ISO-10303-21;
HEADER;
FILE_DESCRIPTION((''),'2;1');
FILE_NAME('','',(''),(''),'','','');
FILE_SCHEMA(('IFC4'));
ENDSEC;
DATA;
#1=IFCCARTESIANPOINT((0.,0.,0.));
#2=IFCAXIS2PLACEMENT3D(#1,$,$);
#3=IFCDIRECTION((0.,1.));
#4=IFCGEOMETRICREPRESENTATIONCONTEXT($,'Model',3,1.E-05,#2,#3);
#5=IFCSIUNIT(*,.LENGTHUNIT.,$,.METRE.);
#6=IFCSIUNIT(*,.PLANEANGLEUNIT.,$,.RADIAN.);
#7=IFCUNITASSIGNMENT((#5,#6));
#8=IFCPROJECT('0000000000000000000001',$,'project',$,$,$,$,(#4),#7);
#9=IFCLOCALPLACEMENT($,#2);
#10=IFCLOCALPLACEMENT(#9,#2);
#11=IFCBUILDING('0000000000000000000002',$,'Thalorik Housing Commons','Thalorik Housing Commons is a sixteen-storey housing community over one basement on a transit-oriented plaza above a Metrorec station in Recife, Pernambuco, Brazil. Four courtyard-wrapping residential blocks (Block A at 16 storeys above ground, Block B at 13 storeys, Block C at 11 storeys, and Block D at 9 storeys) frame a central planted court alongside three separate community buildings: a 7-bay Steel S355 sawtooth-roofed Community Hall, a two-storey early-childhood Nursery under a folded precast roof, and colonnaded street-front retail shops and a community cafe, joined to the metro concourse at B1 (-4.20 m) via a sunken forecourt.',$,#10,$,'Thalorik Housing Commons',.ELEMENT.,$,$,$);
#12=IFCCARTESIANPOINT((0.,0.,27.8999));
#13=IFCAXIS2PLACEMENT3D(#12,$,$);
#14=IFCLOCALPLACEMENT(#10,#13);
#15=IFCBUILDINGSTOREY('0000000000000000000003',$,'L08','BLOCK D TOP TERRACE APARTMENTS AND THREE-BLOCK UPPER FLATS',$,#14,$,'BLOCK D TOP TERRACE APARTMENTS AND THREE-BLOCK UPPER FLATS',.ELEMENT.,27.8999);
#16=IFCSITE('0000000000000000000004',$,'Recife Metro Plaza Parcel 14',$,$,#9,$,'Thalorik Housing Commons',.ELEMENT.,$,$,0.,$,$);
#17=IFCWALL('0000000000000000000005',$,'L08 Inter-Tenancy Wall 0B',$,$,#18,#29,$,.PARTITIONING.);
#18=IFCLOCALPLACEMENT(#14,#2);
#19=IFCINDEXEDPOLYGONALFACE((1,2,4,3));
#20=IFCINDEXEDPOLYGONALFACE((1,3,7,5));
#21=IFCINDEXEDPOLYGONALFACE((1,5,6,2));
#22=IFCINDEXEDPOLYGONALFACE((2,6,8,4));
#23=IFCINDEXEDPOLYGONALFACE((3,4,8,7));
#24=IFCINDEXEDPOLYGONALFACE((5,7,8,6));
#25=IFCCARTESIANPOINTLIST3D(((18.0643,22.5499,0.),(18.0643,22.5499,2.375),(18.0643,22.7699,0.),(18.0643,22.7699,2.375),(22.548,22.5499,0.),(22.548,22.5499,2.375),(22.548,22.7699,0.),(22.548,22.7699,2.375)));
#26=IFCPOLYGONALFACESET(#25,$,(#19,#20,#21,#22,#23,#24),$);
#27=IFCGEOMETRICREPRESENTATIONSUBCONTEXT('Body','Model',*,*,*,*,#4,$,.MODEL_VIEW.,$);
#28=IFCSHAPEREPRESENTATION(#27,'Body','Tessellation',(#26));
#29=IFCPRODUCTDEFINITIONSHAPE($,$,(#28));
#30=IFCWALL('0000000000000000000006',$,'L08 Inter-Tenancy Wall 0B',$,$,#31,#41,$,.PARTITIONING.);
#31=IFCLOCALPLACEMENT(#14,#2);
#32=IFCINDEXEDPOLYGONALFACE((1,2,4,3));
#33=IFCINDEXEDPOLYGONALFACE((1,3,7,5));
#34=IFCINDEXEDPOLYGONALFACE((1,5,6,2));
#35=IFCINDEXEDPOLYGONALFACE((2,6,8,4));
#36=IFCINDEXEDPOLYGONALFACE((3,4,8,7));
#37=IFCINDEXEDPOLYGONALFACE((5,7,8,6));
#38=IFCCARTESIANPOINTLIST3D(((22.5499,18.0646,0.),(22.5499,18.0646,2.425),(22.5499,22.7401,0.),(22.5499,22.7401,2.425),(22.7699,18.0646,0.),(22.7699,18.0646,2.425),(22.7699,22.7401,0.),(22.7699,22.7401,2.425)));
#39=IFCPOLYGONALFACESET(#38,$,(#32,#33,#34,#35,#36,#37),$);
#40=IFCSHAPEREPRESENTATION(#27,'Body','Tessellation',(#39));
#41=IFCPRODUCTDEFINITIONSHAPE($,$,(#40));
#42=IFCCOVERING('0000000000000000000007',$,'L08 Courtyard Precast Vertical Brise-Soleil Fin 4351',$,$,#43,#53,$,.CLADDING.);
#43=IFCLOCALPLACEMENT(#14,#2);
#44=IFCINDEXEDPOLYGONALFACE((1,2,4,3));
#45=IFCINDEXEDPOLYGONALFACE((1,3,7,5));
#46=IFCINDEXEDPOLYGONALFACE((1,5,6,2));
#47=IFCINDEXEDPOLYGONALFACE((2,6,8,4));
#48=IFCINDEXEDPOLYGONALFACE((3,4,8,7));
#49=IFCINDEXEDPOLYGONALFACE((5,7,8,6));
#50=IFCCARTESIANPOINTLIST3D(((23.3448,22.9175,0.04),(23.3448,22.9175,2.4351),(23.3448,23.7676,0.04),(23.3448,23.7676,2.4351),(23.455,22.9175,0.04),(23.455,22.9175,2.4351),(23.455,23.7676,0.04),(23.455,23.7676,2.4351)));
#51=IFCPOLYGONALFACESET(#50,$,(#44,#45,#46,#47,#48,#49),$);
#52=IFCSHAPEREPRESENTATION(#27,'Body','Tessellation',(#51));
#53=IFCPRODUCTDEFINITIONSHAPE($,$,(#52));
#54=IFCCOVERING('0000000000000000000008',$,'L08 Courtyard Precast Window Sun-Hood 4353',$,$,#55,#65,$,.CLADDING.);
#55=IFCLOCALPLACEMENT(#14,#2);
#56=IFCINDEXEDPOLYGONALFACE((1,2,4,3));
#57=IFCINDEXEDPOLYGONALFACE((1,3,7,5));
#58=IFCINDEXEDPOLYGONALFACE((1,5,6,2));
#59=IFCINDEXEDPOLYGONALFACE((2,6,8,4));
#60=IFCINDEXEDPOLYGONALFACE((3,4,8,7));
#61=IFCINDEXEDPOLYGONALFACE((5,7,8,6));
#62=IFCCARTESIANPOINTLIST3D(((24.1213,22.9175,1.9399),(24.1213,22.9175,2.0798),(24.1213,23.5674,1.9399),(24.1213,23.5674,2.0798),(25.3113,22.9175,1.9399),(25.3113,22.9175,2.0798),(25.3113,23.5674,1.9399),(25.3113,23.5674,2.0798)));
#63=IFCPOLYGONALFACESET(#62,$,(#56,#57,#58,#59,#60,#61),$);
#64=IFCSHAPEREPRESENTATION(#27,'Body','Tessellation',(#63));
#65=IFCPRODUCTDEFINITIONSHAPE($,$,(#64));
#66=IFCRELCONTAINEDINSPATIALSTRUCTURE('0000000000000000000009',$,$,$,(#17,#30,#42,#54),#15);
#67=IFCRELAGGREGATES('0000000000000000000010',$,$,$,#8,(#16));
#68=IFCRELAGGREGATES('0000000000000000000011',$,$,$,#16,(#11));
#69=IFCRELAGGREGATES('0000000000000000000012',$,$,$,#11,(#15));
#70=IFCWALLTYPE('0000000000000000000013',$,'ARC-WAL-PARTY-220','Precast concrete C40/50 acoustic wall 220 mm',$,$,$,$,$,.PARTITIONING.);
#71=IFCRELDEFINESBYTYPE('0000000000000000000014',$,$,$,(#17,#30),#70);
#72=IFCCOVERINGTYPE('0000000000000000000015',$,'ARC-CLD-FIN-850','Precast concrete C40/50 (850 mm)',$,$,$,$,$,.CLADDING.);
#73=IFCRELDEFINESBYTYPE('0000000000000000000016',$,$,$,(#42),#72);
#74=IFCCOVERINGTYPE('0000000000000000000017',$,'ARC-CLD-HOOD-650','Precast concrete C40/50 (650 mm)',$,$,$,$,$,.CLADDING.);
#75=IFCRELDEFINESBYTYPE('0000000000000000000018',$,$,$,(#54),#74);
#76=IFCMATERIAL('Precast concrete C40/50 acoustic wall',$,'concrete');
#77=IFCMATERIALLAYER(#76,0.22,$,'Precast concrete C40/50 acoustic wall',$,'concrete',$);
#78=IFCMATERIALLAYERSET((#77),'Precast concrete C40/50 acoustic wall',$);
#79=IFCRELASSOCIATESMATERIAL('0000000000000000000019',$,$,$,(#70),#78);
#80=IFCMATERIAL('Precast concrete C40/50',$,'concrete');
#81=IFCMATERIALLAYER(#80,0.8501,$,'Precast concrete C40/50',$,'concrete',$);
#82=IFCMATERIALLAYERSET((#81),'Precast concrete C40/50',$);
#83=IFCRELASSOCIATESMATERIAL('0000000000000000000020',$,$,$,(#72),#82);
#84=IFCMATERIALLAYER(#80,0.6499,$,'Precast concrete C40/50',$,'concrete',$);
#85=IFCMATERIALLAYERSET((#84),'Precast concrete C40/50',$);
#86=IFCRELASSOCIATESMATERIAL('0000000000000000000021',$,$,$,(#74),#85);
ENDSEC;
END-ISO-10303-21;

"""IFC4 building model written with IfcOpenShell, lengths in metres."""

from ifc_helpers import new_model, si_unit, direction, frame, frame_2d, origin, origin_2d, place, context, subcontext, project, spatial, rectangle, extrude, material, layer, layer_set, type_object, element, save


model = new_model("IFC4")

# Units and contexts
model_context = context("Model", 3, precision=1e-05, world=origin(), true_north=direction((0.0, 1.0)))
body_context = subcontext(model_context, "Body", "Model", "MODEL_VIEW")
ifc_project = project(units=[si_unit("LENGTHUNIT", "METRE"), si_unit("PLANEANGLEUNIT", "RADIAN")], contexts=[model_context])

# Site, building, storey
site_placement = place(None, origin())
site = spatial("IfcSite", under=ifc_project, at=site_placement, Name="Recife Metro Plaza Parcel 14", LongName="Thalorik Housing Commons", CompositionType="ELEMENT", RefElevation=0.0)
building_placement = place(site_placement, origin())
building = spatial("IfcBuilding", under=site, at=building_placement, Name="Thalorik Housing Commons", Description="Thalorik Housing Commons is a sixteen-storey housing community over one basement on a transit-oriented plaza above a Metrorec station in Recife, Pernambuco, Brazil. Four courtyard-wrapping residential blocks (Block A at 16 storeys above ground, Block B at 13 storeys, Block C at 11 storeys, and Block D at 9 storeys) frame a central planted court alongside three separate community buildings: a 7-bay Steel S355 sawtooth-roofed Community Hall, a two-storey early-childhood Nursery under a folded precast roof, and colonnaded street-front retail shops and a community cafe, joined to the metro concourse at B1 (-4.20 m) via a sunken forecourt.", LongName="Thalorik Housing Commons", CompositionType="ELEMENT")
storey_placement = place(building_placement, frame((0.0, 0.0, 27.8999)))
storey = spatial("IfcBuildingStorey", under=building, at=storey_placement, Name="L08", Description="BLOCK D TOP TERRACE APARTMENTS AND THREE-BLOCK UPPER FLATS", LongName="BLOCK D TOP TERRACE APARTMENTS AND THREE-BLOCK UPPER FLATS", CompositionType="ELEMENT", Elevation=27.8999)

# Shared definitions
ifc_material_1 = material(Name="Precast concrete C40/50", Category="concrete")

# Walls
ifc_material_2 = material(Name="Precast concrete C40/50 acoustic wall", Category="concrete")
ifc_layer_1 = layer(ifc_material_2, 0.22, Name="Precast concrete C40/50 acoustic wall", Category="concrete")
ifc_layer_set_1 = layer_set([ifc_layer_1], Name="Precast concrete C40/50 acoustic wall")
wall_type_1 = type_object("IfcWallType", Name="ARC-WAL-PARTY-220", Description="Precast concrete C40/50 acoustic wall 220 mm", PredefinedType="PARTITIONING", material=ifc_layer_set_1)
wall_1_placement = place(storey_placement, frame((18.0645, 22.6599, 0.0), z_axis=(0.0, 0.0, 1.0), x_axis=(1.0, 0.0, 0.0)))
element("IfcWall", 1, at=wall_1_placement, inside=storey, type_object=wall_type_1, Name="L08 Inter-Tenancy Wall 0B", PredefinedType="PARTITIONING", context=body_context, shape_type="SweptSolid", body=[
    extrude(rectangle(XDim=4.4836, YDim=0.22, at=frame_2d((2.2417, 0.0))), origin(), (0.0, 0.0, 1.0), 2.375),
])
wall_2_placement = place(storey_placement, frame((22.6599, 18.0645, 0.0), z_axis=(0.0, 0.0, 1.0), x_axis=(0.0, 1.0, 0.0)))
element("IfcWall", 2, at=wall_2_placement, inside=storey, type_object=wall_type_1, Name="L08 Inter-Tenancy Wall 0B", PredefinedType="PARTITIONING", context=body_context, shape_type="SweptSolid", body=[
    extrude(rectangle(XDim=4.6755, YDim=0.22, at=frame_2d((2.3379, 0.0))), origin(), (0.0, 0.0, 1.0), 2.425),
])

# Coverings
ifc_layer_2 = layer(ifc_material_1, 0.8501, Name="Precast concrete C40/50", Category="concrete")
ifc_layer_set_2 = layer_set([ifc_layer_2], Name="Precast concrete C40/50")
covering_type_1 = type_object("IfcCoveringType", Name="ARC-CLD-FIN-850", Description="Precast concrete C40/50 (850 mm)", PredefinedType="CLADDING", material=ifc_layer_set_2)
covering_1_placement = place(storey_placement, frame((23.3999, 23.3425, 0.04), z_axis=(0.0, 0.0, 1.0), x_axis=(-1.0, 0.0, 0.0)))
element("IfcCovering", 3, at=covering_1_placement, inside=storey, type_object=covering_type_1, Name="L08 Courtyard Precast Vertical Brise-Soleil Fin 4351", PredefinedType="CLADDING", context=body_context, shape_type="SweptSolid", body=[
    extrude(rectangle(XDim=0.1101, YDim=0.8501, at=origin_2d()), origin(), (0.0, 0.0, 1.0), 2.395),
])
ifc_layer_3 = layer(ifc_material_1, 0.6499, Name="Precast concrete C40/50", Category="concrete")
ifc_layer_set_3 = layer_set([ifc_layer_3], Name="Precast concrete C40/50")
covering_type_2 = type_object("IfcCoveringType", Name="ARC-CLD-HOOD-650", Description="Precast concrete C40/50 (650 mm)", PredefinedType="CLADDING", material=ifc_layer_set_3)
covering_2_placement = place(storey_placement, frame((24.7163, 23.2424, 1.9399), z_axis=(0.0, 0.0, 1.0), x_axis=(-1.0, 0.0, 0.0)))
element("IfcCovering", 4, at=covering_2_placement, inside=storey, type_object=covering_type_2, Name="L08 Courtyard Precast Window Sun-Hood 4353", PredefinedType="CLADDING", context=body_context, shape_type="SweptSolid", body=[
    extrude(rectangle(XDim=1.1899, YDim=0.6499, at=origin_2d()), origin(), (0.0, 0.0, 1.0), 0.1399),
])

save(model, "model.ifc")
